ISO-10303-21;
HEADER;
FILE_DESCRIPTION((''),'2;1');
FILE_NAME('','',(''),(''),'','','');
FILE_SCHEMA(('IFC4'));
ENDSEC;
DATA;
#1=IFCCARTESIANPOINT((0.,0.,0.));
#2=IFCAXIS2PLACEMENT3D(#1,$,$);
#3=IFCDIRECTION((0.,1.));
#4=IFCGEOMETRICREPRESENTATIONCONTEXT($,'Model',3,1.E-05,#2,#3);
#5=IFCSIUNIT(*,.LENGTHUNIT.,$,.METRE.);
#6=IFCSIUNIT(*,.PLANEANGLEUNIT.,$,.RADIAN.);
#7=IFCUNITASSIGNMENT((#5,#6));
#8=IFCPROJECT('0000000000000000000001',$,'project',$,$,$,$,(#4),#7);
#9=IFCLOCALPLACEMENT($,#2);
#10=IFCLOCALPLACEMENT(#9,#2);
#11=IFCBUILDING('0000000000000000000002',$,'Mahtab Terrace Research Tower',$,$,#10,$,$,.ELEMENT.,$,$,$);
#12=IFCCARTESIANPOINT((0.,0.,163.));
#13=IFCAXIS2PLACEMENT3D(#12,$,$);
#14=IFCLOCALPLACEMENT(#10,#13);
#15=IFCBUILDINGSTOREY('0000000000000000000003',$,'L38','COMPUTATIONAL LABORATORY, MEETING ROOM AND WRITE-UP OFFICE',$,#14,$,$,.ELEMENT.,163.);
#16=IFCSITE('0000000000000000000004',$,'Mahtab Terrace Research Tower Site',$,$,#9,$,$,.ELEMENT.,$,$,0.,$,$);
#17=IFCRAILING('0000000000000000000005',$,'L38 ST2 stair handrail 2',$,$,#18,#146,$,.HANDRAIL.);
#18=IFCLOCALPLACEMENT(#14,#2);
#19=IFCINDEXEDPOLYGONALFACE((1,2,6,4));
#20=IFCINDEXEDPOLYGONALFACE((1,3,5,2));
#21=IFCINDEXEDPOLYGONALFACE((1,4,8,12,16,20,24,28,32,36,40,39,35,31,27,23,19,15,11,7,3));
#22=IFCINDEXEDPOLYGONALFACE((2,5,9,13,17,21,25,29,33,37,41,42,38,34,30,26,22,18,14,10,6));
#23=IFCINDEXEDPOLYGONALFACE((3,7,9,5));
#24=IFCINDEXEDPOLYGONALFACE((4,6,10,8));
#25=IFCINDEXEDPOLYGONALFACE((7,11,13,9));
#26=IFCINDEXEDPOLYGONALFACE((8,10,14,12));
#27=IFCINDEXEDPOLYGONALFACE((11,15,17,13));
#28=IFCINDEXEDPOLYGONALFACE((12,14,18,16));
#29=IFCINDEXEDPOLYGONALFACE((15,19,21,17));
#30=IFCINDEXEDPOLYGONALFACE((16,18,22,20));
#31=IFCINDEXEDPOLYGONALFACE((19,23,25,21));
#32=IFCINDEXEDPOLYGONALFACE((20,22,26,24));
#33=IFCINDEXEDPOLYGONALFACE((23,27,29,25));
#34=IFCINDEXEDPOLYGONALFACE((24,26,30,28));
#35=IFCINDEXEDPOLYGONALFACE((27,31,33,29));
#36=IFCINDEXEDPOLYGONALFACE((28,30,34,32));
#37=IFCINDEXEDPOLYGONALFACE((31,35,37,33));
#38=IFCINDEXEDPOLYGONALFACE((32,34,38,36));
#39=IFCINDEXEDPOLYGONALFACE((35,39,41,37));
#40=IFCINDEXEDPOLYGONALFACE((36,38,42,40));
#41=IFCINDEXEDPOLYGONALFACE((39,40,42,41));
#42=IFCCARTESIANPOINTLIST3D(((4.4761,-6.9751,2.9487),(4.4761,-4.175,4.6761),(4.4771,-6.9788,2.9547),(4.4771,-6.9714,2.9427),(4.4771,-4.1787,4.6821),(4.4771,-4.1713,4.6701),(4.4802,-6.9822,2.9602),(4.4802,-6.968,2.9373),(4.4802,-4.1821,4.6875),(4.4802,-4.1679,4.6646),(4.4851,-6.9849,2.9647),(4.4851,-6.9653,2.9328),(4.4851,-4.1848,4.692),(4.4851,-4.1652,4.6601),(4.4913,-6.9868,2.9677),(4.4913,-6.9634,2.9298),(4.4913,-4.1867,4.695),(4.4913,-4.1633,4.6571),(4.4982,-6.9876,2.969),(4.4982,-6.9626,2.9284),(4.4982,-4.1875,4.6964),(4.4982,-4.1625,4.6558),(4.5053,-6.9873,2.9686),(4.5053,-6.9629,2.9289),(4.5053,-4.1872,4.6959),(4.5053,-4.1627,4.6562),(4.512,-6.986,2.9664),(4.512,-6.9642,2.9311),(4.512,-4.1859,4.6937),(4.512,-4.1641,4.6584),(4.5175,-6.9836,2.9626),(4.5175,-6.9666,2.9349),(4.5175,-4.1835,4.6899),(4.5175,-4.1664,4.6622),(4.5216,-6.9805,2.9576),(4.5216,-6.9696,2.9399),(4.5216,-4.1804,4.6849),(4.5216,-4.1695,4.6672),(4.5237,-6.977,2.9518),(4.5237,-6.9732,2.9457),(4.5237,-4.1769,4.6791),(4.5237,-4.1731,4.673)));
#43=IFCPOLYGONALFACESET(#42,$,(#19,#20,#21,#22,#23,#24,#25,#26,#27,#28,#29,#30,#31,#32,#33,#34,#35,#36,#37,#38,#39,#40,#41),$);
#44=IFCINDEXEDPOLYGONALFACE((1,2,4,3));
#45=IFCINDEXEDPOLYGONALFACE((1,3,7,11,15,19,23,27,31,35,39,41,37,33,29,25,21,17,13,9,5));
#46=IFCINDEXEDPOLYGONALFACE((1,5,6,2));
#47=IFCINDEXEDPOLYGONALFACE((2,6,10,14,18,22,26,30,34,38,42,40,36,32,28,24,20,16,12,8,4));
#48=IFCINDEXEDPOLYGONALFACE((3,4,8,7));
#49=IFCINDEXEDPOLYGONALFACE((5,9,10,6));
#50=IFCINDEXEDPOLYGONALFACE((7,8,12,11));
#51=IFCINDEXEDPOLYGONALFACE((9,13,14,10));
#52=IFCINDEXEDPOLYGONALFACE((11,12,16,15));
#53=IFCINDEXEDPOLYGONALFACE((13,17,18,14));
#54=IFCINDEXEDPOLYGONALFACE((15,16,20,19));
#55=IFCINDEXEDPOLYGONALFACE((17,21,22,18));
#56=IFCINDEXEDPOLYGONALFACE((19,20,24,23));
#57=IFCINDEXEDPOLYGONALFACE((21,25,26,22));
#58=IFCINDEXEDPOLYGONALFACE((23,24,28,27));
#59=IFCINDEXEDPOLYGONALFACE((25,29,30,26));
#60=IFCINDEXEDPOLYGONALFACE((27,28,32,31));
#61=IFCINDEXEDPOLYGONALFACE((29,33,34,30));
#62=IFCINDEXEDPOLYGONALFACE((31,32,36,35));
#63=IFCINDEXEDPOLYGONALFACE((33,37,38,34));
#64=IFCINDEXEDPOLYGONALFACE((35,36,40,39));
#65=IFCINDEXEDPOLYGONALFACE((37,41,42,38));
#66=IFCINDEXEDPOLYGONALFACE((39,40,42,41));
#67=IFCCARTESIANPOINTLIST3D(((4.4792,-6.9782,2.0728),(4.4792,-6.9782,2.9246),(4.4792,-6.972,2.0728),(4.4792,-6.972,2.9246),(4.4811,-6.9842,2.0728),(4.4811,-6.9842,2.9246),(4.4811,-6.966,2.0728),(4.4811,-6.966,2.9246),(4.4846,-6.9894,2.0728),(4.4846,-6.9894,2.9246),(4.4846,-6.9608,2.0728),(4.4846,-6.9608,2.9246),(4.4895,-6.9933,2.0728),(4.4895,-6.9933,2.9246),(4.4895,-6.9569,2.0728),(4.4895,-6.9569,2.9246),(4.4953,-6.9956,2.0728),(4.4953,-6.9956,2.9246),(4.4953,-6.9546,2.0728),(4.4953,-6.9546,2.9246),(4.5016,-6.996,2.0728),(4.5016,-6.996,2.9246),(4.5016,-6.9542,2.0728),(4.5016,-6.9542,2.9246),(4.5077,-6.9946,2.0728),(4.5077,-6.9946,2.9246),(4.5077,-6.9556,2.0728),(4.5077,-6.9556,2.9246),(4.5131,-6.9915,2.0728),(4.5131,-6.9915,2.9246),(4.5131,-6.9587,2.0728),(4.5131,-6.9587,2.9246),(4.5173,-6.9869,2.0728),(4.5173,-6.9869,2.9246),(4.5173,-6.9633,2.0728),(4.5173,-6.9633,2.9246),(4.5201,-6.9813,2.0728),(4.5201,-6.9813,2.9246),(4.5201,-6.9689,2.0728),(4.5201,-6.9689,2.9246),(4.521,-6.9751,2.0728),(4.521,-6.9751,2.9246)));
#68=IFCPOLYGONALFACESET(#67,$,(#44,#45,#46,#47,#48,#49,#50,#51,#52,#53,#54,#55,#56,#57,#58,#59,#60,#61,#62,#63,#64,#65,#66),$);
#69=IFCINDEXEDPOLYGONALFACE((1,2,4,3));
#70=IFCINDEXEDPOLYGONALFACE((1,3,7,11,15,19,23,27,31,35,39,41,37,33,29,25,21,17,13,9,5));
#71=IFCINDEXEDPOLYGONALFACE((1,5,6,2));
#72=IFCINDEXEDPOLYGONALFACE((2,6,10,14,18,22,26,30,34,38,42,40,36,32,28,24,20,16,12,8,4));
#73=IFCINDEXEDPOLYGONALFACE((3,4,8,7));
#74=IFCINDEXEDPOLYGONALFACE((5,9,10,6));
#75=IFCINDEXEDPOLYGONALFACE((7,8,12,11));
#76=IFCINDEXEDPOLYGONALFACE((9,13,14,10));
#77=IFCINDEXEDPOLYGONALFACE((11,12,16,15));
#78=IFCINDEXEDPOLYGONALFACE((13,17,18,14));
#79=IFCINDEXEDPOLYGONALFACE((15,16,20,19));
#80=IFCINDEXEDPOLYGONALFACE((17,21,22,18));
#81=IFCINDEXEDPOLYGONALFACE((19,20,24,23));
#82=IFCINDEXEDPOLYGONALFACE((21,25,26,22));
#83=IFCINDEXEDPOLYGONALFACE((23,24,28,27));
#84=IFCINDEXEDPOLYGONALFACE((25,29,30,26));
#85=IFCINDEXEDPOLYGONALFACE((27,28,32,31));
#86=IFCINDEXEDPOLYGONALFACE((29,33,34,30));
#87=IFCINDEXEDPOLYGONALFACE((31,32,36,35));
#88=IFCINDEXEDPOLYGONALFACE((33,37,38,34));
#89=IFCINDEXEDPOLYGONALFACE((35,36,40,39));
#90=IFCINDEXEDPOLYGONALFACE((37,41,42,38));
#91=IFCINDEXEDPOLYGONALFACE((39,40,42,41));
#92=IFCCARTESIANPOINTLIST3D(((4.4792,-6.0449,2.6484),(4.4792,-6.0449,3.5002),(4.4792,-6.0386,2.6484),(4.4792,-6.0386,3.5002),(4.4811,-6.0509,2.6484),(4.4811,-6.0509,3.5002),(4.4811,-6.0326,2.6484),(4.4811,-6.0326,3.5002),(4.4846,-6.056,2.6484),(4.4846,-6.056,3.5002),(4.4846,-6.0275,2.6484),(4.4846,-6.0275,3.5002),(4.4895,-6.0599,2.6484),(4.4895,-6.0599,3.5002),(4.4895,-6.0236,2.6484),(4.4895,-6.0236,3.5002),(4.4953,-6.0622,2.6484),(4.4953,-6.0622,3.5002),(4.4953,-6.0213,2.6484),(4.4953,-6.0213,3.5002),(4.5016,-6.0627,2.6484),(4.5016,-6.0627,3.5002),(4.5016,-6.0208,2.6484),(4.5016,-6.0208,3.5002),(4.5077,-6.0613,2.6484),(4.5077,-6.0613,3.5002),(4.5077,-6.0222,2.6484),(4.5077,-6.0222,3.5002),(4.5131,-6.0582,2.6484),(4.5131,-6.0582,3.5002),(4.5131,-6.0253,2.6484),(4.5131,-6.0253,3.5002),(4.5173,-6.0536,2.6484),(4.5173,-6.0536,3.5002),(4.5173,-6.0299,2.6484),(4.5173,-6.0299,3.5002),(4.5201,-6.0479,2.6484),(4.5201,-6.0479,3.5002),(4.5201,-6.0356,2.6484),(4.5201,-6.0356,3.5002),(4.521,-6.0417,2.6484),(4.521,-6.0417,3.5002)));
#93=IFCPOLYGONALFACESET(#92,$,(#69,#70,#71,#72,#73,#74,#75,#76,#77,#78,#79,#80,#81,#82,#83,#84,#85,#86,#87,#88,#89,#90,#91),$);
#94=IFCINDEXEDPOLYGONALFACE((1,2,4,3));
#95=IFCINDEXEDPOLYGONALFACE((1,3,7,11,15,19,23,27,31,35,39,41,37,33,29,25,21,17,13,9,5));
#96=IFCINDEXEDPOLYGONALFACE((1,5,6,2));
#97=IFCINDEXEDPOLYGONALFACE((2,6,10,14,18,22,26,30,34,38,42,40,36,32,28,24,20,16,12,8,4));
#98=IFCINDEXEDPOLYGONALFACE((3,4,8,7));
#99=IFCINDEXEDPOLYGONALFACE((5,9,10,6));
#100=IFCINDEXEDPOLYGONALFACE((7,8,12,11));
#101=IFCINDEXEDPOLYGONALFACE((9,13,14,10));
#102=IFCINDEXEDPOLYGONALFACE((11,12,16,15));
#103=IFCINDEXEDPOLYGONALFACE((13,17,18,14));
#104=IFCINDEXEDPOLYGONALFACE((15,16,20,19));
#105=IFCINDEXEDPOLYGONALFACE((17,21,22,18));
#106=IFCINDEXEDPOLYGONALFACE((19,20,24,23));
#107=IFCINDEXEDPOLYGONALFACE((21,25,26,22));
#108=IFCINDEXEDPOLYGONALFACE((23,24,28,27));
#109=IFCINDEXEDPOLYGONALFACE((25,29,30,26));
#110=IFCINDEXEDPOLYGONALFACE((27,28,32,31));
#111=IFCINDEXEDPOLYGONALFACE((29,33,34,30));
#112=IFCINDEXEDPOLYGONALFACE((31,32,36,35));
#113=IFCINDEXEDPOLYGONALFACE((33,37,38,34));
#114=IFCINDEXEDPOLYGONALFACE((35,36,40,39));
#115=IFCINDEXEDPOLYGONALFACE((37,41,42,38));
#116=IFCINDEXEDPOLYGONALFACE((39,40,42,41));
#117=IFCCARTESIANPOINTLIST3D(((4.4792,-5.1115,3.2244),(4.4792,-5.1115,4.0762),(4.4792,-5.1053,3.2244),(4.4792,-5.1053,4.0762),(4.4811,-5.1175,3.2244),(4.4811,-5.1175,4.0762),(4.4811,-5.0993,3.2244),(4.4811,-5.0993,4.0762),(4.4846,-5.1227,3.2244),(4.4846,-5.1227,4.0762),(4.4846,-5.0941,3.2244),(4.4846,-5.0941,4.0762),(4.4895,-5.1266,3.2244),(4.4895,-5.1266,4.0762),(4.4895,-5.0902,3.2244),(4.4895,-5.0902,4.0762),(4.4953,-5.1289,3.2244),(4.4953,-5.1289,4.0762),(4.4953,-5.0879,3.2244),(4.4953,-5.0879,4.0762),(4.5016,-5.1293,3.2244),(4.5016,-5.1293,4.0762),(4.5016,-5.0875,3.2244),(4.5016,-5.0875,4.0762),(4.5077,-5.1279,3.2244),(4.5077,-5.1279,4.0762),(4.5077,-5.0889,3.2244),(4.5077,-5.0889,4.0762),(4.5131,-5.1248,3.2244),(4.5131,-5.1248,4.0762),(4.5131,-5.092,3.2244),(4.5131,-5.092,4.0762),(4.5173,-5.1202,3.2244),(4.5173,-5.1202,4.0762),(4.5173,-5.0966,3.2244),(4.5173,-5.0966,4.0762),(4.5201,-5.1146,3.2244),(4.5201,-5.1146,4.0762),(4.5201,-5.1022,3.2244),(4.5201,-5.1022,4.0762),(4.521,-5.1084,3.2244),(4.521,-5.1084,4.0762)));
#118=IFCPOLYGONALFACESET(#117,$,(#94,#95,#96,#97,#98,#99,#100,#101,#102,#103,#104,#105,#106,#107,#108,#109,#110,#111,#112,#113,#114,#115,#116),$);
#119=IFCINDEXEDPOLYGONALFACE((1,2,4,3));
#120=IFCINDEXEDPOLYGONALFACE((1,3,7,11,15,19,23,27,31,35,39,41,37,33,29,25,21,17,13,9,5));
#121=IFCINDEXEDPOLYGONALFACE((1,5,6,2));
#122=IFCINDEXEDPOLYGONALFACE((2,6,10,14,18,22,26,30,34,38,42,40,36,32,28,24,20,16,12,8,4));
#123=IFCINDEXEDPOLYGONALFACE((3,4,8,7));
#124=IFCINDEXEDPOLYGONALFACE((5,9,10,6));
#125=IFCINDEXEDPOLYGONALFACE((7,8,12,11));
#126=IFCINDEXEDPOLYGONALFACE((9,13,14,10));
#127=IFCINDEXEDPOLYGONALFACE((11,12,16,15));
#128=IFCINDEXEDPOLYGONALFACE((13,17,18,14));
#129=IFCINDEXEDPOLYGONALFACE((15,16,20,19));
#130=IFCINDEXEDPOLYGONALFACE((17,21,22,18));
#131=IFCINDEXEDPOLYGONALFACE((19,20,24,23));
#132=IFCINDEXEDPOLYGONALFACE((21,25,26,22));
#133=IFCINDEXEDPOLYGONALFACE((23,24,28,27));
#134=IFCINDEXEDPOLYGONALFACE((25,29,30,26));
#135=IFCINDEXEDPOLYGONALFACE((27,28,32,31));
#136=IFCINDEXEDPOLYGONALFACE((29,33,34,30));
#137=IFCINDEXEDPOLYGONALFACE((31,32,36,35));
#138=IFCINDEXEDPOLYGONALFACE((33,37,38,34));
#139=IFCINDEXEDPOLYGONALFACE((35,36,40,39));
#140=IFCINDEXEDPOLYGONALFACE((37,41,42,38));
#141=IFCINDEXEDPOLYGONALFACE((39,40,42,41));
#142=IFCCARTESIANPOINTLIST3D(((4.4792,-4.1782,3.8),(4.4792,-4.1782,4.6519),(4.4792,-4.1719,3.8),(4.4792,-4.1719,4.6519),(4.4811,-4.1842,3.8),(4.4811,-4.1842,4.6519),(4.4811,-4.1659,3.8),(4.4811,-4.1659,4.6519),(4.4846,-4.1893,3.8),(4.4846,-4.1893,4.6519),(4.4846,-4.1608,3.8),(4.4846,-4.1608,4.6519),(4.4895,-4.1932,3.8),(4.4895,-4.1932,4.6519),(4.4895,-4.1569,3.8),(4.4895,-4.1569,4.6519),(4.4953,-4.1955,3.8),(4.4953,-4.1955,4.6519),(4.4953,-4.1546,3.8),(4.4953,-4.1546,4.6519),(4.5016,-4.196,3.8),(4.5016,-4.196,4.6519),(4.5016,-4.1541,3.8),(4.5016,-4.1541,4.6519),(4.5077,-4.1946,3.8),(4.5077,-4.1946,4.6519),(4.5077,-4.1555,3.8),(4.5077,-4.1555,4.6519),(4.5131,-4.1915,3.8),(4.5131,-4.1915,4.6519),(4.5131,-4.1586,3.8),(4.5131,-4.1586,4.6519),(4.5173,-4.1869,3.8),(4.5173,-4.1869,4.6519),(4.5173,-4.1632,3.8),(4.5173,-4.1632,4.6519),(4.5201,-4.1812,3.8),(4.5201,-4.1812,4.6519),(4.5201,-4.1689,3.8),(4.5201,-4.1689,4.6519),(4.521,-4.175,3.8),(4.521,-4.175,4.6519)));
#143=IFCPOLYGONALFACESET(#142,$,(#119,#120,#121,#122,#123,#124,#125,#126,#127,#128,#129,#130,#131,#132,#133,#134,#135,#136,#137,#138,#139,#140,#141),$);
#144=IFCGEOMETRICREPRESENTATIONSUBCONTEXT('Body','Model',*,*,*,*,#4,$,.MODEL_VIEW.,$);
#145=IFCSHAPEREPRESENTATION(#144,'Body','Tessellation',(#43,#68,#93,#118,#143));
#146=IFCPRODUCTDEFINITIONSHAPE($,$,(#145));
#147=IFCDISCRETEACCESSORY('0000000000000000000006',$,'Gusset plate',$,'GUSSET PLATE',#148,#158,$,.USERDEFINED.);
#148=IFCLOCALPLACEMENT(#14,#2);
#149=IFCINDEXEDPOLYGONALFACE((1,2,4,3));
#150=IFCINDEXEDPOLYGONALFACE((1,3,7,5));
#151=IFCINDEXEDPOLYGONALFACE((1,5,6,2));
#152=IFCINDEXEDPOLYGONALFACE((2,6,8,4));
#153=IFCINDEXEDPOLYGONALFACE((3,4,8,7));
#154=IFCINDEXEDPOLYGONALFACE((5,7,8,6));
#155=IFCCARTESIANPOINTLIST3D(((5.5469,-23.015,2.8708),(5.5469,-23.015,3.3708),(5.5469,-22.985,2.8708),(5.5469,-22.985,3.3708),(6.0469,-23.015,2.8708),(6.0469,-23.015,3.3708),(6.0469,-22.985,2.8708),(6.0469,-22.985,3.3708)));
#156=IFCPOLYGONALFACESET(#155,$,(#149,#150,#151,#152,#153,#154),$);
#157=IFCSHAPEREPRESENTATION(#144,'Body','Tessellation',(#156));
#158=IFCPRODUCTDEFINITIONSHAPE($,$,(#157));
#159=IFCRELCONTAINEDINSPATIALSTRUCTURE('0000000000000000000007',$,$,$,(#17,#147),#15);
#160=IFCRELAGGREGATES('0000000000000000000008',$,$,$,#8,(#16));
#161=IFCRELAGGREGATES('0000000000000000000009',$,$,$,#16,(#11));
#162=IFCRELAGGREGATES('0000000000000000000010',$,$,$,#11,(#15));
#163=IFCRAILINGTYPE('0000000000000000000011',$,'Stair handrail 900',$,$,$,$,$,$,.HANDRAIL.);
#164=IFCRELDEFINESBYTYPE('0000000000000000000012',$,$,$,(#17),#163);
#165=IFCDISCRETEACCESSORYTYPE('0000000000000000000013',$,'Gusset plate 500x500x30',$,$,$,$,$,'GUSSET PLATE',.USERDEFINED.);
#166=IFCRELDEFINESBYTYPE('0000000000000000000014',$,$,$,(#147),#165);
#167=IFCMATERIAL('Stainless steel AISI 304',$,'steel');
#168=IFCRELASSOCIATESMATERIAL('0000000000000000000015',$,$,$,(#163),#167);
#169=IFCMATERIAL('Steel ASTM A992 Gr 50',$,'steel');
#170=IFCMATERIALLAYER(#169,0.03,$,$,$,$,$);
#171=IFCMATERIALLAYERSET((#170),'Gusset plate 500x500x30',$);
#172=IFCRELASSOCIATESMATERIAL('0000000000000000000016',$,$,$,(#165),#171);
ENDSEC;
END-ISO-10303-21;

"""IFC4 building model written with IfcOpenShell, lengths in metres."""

from ifc_helpers import new_model, si_unit, direction, frame, origin, origin_2d, place, context, subcontext, project, spatial, rectangle, circle, extrude, material, layer, layer_set, type_object, element, save


model = new_model("IFC4")

# Units and contexts
model_context = context("Model", 3, precision=1e-05, world=origin(), true_north=direction((0.0, 1.0)))
body_context = subcontext(model_context, "Body", "Model", "MODEL_VIEW")
ifc_project = project(units=[si_unit("LENGTHUNIT", "METRE"), si_unit("PLANEANGLEUNIT", "RADIAN")], contexts=[model_context])

# Site, building, storey
site_placement = place(None, origin())
site = spatial("IfcSite", under=ifc_project, at=site_placement, Name="Mahtab Terrace Research Tower Site", CompositionType="ELEMENT", RefElevation=0.0)
building_placement = place(site_placement, origin())
building = spatial("IfcBuilding", under=site, at=building_placement, Name="Mahtab Terrace Research Tower", CompositionType="ELEMENT")
storey_placement = place(building_placement, frame((0.0, 0.0, 163.0)))
storey = spatial("IfcBuildingStorey", under=building, at=storey_placement, Name="L38", Description="COMPUTATIONAL LABORATORY, MEETING ROOM AND WRITE-UP OFFICE", CompositionType="ELEMENT", Elevation=163.0)

# Shared definitions
ifc_material_1 = material(Name="Steel ASTM A992 Gr 50", Category="steel")

# Railing
ifc_material_2 = material(Name="Stainless steel AISI 304", Category="steel")
railing_type_1 = type_object("IfcRailingType", Name="Stair handrail 900", PredefinedType="HANDRAIL", material=ifc_material_2)
railing_1_placement = place(storey_placement, frame((4.5, -6.9751, 2.0728)))
element("IfcRailing", 1, at=railing_1_placement, inside=storey, type_object=railing_type_1, Name="L38 ST2 stair handrail 2", PredefinedType="HANDRAIL", context=body_context, shape_type="SweptSolid", body=[
    extrude(circle(Radius=0.0239, at=origin_2d()), frame((0.0, 0.0, 0.876), z_axis=(0.0, 0.85109, 0.52502), x_axis=(-1.0, 0.0, 0.0)), (0.0, 0.0, 1.0), 3.29),
    extrude(circle(Radius=0.021, at=origin_2d()), origin(), (0.0, 0.0, 1.0), 0.8518),
    extrude(circle(Radius=0.021, at=origin_2d()), frame((0.0, 0.9333, 0.5757)), (0.0, 0.0, 1.0), 0.8518),
    extrude(circle(Radius=0.021, at=origin_2d()), frame((0.0, 1.8667, 1.1516)), (0.0, 0.0, 1.0), 0.8518),
    extrude(circle(Radius=0.021, at=origin_2d()), frame((0.0, 2.8, 1.7273)), (0.0, 0.0, 1.0), 0.8518),
])

# Discrete accessory
ifc_layer_1 = layer(ifc_material_1, 0.03)
ifc_layer_set_1 = layer_set([ifc_layer_1], Name="Gusset plate 500x500x30")
discrete_accessory_type = type_object("IfcDiscreteAccessoryType", Name="Gusset plate 500x500x30", ElementType="GUSSET PLATE", PredefinedType="USERDEFINED", material=ifc_layer_set_1)
discrete_accessory_placement = place(storey_placement, frame((5.7969, -23.0, 2.8708), z_axis=(0.0, 0.0, 1.0), x_axis=(1.0, 0.0, 0.0)))
element("IfcDiscreteAccessory", 2, at=discrete_accessory_placement, inside=storey, type_object=discrete_accessory_type, Name="Gusset plate", ObjectType="GUSSET PLATE", PredefinedType="USERDEFINED", context=body_context, shape_type="SweptSolid", body=[
    extrude(rectangle(XDim=0.5, YDim=0.03, at=origin_2d()), origin(), (0.0, 0.0, 1.0), 0.5),
])

save(model, "model.ifc")
